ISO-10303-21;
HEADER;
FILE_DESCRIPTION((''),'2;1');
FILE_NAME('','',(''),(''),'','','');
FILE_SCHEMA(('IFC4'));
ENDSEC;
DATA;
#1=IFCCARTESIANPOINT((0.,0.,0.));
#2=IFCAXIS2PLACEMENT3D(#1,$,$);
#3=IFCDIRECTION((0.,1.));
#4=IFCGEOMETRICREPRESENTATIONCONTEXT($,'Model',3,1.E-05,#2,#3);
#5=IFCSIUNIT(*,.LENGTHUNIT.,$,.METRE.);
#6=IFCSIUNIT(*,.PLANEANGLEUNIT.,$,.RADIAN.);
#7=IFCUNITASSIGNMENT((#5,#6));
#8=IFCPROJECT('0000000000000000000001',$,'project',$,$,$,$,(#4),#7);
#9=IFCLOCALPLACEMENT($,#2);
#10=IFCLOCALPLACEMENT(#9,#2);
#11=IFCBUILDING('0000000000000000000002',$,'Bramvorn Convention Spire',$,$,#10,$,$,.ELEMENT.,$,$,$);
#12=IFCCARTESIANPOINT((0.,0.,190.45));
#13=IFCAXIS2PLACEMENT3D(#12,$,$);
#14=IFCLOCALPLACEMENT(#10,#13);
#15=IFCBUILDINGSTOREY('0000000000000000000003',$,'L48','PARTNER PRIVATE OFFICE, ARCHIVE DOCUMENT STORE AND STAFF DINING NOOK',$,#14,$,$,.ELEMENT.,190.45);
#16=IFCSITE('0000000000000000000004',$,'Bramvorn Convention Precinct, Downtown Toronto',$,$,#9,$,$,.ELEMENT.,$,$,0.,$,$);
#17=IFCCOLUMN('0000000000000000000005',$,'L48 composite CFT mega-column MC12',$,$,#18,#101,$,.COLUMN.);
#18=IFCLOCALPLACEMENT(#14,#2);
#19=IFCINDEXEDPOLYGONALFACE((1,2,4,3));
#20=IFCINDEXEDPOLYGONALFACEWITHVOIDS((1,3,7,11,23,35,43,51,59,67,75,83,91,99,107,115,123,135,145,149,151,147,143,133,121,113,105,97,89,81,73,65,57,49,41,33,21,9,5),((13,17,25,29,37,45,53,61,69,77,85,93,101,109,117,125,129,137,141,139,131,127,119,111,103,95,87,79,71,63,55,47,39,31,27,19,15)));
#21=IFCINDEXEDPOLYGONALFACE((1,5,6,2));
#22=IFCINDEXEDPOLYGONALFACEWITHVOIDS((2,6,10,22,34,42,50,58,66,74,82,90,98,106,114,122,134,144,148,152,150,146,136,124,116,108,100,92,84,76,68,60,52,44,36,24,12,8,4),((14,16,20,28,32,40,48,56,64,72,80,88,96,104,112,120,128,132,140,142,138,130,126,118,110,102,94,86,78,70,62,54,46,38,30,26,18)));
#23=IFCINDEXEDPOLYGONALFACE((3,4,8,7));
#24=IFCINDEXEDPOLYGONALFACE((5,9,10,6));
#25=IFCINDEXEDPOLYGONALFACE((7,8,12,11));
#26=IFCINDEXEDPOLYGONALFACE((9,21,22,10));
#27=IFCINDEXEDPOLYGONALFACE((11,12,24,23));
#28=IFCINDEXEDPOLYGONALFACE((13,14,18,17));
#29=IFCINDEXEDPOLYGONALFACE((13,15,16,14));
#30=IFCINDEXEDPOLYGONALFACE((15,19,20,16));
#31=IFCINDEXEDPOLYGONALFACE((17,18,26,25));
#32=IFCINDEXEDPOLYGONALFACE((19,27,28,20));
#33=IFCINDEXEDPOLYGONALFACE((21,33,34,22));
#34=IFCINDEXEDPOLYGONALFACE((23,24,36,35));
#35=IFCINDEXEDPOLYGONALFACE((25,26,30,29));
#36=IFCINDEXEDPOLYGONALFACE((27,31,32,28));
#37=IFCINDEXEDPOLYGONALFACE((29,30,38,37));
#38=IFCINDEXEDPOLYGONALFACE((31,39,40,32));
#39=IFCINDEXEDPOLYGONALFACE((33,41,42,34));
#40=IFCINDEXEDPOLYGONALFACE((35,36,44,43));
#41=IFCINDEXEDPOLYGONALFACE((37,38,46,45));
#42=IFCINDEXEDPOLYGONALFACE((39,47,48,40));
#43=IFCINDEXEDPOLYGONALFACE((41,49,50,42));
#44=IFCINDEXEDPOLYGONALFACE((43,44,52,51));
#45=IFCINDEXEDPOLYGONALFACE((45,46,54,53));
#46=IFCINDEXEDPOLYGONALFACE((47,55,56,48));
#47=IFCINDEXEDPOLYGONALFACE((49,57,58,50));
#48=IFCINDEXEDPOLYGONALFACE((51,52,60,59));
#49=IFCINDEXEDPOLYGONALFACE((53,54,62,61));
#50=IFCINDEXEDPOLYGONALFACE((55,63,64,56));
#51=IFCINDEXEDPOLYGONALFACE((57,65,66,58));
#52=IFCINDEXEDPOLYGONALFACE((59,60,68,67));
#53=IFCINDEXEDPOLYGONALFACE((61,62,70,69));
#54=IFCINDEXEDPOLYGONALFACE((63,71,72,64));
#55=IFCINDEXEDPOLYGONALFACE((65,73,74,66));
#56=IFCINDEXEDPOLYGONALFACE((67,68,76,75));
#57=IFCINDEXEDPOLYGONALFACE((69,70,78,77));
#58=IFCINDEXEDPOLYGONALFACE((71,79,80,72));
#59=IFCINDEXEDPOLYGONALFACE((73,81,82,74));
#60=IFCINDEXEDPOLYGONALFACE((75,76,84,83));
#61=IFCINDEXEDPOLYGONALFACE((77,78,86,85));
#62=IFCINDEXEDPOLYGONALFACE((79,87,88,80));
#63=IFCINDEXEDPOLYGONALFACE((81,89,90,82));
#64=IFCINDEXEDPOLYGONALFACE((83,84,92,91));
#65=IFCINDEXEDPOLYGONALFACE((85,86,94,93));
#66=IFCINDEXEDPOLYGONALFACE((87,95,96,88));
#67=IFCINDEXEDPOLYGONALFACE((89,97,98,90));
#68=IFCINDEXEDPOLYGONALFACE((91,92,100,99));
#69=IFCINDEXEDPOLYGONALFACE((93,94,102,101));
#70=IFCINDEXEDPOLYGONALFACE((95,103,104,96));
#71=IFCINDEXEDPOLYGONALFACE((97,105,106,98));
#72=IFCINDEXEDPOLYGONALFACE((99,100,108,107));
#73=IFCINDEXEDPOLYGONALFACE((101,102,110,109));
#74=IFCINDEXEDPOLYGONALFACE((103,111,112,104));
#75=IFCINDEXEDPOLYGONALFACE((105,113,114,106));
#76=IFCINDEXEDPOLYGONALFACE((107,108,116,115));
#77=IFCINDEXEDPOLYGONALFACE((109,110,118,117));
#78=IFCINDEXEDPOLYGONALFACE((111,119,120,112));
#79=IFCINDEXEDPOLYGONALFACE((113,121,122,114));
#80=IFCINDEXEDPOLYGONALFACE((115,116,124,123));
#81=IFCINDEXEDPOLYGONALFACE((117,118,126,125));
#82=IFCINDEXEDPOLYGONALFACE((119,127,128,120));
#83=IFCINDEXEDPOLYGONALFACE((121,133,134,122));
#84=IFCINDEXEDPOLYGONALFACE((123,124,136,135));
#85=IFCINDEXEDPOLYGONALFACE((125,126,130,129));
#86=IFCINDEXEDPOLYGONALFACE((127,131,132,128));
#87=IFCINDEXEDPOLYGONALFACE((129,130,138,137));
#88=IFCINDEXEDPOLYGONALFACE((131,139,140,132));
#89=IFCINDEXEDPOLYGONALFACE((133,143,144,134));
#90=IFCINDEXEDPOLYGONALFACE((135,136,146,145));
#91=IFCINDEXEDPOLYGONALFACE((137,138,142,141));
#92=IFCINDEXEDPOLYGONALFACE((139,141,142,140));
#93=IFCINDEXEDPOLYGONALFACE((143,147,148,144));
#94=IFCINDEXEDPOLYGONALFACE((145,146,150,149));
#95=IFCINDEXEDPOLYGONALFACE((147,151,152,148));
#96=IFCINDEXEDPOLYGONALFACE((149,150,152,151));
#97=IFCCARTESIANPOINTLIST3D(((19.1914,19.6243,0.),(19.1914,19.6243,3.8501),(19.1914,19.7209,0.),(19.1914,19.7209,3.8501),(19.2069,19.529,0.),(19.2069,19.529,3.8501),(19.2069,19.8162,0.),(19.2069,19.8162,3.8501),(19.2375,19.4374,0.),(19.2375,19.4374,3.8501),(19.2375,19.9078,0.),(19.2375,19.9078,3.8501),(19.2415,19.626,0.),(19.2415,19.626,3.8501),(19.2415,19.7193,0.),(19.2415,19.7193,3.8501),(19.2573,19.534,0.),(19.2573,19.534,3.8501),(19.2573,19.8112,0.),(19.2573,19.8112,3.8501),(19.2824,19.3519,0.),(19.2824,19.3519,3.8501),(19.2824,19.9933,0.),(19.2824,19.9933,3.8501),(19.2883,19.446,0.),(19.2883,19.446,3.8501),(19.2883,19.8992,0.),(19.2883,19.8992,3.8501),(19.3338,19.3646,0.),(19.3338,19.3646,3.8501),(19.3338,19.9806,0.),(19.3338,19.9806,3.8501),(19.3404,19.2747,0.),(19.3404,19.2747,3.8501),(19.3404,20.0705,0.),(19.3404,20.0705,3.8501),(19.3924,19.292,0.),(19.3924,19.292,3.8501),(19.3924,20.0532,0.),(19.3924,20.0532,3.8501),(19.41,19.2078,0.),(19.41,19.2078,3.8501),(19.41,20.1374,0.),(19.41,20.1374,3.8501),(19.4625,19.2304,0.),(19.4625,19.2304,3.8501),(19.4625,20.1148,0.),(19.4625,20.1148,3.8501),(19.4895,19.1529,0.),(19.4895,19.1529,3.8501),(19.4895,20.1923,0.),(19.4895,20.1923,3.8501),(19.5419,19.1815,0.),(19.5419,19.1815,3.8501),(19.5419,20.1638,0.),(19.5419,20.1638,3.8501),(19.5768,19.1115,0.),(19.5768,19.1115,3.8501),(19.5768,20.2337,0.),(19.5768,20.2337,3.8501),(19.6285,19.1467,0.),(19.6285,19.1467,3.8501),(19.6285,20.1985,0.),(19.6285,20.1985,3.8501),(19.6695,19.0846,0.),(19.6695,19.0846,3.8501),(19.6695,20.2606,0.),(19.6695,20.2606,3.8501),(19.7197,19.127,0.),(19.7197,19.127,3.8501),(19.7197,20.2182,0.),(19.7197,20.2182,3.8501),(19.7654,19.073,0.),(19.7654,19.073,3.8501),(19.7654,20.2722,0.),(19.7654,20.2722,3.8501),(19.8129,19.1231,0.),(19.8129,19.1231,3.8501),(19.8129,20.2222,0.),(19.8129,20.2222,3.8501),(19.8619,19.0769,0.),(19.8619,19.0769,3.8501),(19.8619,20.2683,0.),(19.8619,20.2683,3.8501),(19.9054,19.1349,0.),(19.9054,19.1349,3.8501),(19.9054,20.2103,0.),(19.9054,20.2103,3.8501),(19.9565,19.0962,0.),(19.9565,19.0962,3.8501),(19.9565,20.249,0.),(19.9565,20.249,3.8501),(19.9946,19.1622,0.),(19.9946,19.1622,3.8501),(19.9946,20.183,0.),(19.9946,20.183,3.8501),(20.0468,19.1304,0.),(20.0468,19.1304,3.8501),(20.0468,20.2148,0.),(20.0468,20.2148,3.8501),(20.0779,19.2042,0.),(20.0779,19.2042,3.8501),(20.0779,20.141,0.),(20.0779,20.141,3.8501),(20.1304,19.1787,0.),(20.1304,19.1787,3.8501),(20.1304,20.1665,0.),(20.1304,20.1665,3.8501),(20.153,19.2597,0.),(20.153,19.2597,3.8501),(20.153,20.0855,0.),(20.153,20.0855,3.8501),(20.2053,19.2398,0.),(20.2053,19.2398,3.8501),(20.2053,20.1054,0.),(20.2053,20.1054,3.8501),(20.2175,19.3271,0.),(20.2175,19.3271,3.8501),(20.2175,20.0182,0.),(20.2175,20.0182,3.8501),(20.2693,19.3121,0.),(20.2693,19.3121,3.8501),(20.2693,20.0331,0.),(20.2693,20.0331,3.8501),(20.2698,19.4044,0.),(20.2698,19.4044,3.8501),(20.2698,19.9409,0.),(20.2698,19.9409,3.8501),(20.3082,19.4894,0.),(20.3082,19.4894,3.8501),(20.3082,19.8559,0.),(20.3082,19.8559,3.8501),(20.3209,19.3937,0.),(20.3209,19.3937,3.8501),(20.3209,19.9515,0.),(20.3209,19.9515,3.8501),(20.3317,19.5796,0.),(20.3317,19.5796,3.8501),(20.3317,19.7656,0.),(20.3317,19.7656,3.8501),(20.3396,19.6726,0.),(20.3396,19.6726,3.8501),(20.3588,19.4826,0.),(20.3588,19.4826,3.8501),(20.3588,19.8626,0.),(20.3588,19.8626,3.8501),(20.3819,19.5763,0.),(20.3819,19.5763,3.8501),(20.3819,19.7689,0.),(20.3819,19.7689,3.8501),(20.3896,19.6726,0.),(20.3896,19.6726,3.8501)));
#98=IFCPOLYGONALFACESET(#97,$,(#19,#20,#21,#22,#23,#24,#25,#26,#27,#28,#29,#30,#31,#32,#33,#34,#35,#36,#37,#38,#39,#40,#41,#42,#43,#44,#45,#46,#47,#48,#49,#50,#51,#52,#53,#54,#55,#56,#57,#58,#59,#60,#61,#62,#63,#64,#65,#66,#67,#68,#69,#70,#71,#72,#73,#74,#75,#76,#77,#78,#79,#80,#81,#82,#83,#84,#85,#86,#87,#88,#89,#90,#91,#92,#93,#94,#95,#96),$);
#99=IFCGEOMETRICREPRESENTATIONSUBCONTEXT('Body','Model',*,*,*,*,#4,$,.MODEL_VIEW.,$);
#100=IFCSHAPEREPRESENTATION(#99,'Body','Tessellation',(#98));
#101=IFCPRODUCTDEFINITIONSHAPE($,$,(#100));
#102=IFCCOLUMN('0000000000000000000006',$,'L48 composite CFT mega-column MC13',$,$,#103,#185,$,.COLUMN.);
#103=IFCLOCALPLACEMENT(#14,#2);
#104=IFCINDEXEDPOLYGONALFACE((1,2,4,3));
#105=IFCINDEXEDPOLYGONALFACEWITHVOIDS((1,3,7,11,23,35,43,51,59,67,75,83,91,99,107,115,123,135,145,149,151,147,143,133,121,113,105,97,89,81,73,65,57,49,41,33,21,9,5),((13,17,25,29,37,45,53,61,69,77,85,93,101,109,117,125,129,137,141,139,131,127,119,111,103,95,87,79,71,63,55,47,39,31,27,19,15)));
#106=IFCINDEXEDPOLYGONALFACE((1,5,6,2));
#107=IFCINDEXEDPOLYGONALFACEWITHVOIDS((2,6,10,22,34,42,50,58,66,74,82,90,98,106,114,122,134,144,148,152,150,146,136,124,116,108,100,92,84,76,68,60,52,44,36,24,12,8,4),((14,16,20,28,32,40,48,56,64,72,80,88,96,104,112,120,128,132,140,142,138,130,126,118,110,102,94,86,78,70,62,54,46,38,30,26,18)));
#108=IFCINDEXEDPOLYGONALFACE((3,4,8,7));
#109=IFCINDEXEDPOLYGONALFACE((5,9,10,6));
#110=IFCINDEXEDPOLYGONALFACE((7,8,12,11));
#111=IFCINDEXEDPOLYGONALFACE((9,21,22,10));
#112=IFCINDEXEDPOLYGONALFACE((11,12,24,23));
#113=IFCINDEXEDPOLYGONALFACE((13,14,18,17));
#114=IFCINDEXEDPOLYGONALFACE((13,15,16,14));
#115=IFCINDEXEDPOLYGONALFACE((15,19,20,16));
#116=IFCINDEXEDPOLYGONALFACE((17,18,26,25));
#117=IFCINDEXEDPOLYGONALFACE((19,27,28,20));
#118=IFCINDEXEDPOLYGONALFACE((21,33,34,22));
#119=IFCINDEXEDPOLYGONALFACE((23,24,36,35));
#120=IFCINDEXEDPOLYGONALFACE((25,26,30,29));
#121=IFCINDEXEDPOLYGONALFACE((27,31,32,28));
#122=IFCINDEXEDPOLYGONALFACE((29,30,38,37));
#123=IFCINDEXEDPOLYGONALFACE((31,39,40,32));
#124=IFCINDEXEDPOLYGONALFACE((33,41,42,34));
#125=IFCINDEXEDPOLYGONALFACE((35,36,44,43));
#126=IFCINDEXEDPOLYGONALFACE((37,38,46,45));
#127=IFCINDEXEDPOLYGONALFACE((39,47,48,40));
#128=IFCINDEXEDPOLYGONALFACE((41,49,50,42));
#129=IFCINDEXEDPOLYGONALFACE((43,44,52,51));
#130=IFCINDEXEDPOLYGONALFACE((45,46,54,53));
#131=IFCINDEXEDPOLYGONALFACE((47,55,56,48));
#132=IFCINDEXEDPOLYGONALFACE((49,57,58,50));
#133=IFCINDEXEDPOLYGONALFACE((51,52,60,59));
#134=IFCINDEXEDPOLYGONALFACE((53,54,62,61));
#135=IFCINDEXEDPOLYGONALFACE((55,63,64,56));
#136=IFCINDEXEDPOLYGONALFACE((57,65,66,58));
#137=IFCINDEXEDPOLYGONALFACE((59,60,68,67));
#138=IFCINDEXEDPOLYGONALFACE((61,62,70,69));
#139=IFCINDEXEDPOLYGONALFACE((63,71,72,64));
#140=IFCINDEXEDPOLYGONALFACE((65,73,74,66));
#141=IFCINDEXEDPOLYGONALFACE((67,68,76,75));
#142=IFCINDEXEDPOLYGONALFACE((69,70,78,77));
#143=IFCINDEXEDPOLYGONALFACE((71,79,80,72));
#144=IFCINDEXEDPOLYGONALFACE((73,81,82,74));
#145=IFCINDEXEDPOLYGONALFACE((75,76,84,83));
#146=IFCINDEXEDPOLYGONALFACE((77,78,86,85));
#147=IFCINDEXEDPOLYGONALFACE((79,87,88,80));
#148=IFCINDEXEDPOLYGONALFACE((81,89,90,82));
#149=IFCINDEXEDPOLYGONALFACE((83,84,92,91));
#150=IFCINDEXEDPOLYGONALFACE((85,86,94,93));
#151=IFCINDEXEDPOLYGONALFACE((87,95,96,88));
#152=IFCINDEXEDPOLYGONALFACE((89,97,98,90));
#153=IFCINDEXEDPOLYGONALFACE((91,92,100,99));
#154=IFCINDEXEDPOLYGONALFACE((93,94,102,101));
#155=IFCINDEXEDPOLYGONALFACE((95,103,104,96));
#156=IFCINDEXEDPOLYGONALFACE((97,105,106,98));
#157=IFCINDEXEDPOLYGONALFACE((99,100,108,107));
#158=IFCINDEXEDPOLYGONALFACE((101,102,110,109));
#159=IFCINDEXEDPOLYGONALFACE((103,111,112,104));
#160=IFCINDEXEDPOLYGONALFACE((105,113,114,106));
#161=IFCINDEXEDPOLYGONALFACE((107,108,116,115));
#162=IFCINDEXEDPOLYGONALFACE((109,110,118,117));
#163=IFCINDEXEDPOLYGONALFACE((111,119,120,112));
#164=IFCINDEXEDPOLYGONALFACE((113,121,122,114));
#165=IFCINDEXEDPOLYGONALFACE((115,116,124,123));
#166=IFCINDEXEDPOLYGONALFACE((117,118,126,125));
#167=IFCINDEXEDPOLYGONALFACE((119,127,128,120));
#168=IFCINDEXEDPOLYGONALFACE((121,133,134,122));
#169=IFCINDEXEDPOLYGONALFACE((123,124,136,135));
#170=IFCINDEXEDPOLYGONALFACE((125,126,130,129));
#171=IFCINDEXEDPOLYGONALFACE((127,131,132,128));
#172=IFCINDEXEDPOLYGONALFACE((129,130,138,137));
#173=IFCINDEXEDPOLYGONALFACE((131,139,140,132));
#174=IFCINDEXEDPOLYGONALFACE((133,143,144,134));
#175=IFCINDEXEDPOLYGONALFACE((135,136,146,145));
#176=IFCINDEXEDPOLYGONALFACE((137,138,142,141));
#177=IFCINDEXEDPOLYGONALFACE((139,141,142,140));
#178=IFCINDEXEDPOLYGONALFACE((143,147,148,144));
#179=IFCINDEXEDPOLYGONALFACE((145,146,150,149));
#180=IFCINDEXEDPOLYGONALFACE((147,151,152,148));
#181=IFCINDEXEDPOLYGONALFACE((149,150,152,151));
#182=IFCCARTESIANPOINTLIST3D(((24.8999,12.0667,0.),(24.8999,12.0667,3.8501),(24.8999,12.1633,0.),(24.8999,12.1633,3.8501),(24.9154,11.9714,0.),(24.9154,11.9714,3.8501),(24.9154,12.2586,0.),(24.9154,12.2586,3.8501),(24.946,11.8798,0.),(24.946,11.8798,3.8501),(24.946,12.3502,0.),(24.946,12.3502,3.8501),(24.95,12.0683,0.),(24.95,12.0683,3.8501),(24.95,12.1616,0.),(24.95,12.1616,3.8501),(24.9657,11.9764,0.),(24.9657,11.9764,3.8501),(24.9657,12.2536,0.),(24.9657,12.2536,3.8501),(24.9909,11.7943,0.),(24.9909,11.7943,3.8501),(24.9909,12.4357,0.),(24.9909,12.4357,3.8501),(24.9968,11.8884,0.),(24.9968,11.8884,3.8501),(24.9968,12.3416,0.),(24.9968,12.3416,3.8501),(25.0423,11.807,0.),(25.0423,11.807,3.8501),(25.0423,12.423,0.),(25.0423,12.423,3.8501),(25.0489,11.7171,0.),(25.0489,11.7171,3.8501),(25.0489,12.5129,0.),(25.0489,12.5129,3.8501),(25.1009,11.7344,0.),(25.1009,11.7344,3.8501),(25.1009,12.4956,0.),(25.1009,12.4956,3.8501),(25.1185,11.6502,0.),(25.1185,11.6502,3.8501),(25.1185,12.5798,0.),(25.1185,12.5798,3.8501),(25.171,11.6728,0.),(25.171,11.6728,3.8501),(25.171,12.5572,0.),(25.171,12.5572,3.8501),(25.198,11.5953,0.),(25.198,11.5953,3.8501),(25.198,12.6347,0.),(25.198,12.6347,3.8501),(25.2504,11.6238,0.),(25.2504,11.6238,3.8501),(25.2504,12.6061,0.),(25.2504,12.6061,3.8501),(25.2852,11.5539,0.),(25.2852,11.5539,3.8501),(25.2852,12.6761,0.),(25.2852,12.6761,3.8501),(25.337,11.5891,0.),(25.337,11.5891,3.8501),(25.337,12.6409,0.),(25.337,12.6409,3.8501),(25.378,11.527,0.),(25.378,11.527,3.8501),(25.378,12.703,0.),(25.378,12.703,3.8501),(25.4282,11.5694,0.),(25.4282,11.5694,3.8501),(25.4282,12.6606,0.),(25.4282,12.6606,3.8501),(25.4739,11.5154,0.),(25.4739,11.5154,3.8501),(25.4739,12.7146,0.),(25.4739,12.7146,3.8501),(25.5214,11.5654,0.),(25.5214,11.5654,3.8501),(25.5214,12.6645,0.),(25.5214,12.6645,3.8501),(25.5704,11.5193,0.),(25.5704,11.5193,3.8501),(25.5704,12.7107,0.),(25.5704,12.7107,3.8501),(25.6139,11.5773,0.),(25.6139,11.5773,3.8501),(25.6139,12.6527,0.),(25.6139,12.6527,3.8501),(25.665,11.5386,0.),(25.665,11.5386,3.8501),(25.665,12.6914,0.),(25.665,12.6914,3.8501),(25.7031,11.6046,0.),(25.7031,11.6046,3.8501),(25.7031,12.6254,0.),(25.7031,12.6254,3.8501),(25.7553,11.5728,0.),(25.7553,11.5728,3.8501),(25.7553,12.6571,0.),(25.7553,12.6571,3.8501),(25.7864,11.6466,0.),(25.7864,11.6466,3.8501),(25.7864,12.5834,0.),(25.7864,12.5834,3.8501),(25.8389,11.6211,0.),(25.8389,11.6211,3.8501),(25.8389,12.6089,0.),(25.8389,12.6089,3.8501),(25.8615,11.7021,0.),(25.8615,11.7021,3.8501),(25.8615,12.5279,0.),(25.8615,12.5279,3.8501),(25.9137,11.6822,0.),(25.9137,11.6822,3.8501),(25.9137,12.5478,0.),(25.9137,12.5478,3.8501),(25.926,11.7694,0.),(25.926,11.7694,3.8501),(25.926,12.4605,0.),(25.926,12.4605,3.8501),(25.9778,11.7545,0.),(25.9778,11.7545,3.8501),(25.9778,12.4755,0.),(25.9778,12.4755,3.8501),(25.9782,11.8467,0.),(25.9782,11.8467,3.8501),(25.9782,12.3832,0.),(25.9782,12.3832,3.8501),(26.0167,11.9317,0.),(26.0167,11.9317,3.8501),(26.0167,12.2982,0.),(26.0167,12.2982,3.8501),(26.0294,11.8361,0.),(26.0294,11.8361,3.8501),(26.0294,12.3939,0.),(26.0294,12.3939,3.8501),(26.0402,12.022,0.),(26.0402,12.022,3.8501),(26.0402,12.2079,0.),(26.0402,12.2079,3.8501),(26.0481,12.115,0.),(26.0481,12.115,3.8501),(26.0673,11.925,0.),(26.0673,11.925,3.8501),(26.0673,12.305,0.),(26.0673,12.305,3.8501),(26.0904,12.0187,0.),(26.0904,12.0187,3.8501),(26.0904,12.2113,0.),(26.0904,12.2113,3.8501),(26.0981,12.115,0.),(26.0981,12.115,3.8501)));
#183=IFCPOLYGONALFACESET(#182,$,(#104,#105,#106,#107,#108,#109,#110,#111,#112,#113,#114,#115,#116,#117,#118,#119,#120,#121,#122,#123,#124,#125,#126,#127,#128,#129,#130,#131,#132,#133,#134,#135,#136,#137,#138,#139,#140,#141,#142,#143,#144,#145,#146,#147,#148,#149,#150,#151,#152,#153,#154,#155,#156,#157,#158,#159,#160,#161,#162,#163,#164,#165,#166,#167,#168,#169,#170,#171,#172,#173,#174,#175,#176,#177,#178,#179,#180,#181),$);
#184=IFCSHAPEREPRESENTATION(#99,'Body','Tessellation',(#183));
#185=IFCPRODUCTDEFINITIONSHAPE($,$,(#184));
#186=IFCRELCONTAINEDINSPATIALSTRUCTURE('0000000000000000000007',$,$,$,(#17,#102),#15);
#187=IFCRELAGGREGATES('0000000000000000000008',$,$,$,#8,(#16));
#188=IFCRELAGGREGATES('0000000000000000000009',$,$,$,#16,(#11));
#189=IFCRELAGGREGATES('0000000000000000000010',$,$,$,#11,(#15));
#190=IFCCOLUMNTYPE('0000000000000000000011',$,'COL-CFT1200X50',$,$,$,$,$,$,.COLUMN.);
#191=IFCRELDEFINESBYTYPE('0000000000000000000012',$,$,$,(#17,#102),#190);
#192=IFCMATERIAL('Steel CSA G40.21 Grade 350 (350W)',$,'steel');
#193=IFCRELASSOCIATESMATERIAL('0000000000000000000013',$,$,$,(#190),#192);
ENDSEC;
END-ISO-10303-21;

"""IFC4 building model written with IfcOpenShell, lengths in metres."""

from ifc_helpers import new_model, si_unit, direction, frame, origin, origin_2d, place, context, subcontext, project, spatial, hollow_circle, extrude, material, material_profile, profile_set, type_object, element, save


model = new_model("IFC4")

# Units and contexts
model_context = context("Model", 3, precision=1e-05, world=origin(), true_north=direction((0.0, 1.0)))
body_context = subcontext(model_context, "Body", "Model", "MODEL_VIEW")
ifc_project = project(units=[si_unit("LENGTHUNIT", "METRE"), si_unit("PLANEANGLEUNIT", "RADIAN")], contexts=[model_context])

# Site, building, storey
site_placement = place(None, origin())
site = spatial("IfcSite", under=ifc_project, at=site_placement, Name="Bramvorn Convention Precinct, Downtown Toronto", CompositionType="ELEMENT", RefElevation=0.0)
building_placement = place(site_placement, origin())
building = spatial("IfcBuilding", under=site, at=building_placement, Name="Bramvorn Convention Spire", CompositionType="ELEMENT")
storey_placement = place(building_placement, frame((0.0, 0.0, 190.45)))
storey = spatial("IfcBuildingStorey", under=building, at=storey_placement, Name="L48", Description="PARTNER PRIVATE OFFICE, ARCHIVE DOCUMENT STORE AND STAFF DINING NOOK", CompositionType="ELEMENT", Elevation=190.45)

# Columns
ifc_material_1 = material(Name="Steel CSA G40.21 Grade 350 (350W)", Category="steel")
ifc_material_profile_1 = material_profile(ifc_material_1, hollow_circle(Radius=0.6001, WallThickness=0.05, at=origin_2d()))
ifc_profile_set_1 = profile_set([ifc_material_profile_1], Name="Steel CSA G40.21 Grade 350 (350W) - CFT1200X50")
column_type = type_object("IfcColumnType", Name="COL-CFT1200X50", PredefinedType="COLUMN", material=ifc_profile_set_1)
for number, where, z_axis, x_axis, name in (
    (1, (19.7896, 19.6726, 0.0), (0.0, 0.0, 1.0), (1.0, 0.0, 0.0), "L48 composite CFT mega-column MC12"),
    (2, (25.498, 12.115, 0.0), (0.0, 0.0, 1.0), (1.0, 0.0, 0.0), "L48 composite CFT mega-column MC13"),
):
    element("IfcColumn", number, at=place(storey_placement, frame(where, z_axis=z_axis, x_axis=x_axis)), inside=storey, type_object=column_type, Name=name, PredefinedType="COLUMN", context=body_context, shape_type="SweptSolid", body=[
        extrude(hollow_circle(Radius=0.6001, WallThickness=0.05, at=origin_2d()), origin(), (0.0, 0.0, 1.0), 3.8501),
    ])

save(model, "model.ifc")
